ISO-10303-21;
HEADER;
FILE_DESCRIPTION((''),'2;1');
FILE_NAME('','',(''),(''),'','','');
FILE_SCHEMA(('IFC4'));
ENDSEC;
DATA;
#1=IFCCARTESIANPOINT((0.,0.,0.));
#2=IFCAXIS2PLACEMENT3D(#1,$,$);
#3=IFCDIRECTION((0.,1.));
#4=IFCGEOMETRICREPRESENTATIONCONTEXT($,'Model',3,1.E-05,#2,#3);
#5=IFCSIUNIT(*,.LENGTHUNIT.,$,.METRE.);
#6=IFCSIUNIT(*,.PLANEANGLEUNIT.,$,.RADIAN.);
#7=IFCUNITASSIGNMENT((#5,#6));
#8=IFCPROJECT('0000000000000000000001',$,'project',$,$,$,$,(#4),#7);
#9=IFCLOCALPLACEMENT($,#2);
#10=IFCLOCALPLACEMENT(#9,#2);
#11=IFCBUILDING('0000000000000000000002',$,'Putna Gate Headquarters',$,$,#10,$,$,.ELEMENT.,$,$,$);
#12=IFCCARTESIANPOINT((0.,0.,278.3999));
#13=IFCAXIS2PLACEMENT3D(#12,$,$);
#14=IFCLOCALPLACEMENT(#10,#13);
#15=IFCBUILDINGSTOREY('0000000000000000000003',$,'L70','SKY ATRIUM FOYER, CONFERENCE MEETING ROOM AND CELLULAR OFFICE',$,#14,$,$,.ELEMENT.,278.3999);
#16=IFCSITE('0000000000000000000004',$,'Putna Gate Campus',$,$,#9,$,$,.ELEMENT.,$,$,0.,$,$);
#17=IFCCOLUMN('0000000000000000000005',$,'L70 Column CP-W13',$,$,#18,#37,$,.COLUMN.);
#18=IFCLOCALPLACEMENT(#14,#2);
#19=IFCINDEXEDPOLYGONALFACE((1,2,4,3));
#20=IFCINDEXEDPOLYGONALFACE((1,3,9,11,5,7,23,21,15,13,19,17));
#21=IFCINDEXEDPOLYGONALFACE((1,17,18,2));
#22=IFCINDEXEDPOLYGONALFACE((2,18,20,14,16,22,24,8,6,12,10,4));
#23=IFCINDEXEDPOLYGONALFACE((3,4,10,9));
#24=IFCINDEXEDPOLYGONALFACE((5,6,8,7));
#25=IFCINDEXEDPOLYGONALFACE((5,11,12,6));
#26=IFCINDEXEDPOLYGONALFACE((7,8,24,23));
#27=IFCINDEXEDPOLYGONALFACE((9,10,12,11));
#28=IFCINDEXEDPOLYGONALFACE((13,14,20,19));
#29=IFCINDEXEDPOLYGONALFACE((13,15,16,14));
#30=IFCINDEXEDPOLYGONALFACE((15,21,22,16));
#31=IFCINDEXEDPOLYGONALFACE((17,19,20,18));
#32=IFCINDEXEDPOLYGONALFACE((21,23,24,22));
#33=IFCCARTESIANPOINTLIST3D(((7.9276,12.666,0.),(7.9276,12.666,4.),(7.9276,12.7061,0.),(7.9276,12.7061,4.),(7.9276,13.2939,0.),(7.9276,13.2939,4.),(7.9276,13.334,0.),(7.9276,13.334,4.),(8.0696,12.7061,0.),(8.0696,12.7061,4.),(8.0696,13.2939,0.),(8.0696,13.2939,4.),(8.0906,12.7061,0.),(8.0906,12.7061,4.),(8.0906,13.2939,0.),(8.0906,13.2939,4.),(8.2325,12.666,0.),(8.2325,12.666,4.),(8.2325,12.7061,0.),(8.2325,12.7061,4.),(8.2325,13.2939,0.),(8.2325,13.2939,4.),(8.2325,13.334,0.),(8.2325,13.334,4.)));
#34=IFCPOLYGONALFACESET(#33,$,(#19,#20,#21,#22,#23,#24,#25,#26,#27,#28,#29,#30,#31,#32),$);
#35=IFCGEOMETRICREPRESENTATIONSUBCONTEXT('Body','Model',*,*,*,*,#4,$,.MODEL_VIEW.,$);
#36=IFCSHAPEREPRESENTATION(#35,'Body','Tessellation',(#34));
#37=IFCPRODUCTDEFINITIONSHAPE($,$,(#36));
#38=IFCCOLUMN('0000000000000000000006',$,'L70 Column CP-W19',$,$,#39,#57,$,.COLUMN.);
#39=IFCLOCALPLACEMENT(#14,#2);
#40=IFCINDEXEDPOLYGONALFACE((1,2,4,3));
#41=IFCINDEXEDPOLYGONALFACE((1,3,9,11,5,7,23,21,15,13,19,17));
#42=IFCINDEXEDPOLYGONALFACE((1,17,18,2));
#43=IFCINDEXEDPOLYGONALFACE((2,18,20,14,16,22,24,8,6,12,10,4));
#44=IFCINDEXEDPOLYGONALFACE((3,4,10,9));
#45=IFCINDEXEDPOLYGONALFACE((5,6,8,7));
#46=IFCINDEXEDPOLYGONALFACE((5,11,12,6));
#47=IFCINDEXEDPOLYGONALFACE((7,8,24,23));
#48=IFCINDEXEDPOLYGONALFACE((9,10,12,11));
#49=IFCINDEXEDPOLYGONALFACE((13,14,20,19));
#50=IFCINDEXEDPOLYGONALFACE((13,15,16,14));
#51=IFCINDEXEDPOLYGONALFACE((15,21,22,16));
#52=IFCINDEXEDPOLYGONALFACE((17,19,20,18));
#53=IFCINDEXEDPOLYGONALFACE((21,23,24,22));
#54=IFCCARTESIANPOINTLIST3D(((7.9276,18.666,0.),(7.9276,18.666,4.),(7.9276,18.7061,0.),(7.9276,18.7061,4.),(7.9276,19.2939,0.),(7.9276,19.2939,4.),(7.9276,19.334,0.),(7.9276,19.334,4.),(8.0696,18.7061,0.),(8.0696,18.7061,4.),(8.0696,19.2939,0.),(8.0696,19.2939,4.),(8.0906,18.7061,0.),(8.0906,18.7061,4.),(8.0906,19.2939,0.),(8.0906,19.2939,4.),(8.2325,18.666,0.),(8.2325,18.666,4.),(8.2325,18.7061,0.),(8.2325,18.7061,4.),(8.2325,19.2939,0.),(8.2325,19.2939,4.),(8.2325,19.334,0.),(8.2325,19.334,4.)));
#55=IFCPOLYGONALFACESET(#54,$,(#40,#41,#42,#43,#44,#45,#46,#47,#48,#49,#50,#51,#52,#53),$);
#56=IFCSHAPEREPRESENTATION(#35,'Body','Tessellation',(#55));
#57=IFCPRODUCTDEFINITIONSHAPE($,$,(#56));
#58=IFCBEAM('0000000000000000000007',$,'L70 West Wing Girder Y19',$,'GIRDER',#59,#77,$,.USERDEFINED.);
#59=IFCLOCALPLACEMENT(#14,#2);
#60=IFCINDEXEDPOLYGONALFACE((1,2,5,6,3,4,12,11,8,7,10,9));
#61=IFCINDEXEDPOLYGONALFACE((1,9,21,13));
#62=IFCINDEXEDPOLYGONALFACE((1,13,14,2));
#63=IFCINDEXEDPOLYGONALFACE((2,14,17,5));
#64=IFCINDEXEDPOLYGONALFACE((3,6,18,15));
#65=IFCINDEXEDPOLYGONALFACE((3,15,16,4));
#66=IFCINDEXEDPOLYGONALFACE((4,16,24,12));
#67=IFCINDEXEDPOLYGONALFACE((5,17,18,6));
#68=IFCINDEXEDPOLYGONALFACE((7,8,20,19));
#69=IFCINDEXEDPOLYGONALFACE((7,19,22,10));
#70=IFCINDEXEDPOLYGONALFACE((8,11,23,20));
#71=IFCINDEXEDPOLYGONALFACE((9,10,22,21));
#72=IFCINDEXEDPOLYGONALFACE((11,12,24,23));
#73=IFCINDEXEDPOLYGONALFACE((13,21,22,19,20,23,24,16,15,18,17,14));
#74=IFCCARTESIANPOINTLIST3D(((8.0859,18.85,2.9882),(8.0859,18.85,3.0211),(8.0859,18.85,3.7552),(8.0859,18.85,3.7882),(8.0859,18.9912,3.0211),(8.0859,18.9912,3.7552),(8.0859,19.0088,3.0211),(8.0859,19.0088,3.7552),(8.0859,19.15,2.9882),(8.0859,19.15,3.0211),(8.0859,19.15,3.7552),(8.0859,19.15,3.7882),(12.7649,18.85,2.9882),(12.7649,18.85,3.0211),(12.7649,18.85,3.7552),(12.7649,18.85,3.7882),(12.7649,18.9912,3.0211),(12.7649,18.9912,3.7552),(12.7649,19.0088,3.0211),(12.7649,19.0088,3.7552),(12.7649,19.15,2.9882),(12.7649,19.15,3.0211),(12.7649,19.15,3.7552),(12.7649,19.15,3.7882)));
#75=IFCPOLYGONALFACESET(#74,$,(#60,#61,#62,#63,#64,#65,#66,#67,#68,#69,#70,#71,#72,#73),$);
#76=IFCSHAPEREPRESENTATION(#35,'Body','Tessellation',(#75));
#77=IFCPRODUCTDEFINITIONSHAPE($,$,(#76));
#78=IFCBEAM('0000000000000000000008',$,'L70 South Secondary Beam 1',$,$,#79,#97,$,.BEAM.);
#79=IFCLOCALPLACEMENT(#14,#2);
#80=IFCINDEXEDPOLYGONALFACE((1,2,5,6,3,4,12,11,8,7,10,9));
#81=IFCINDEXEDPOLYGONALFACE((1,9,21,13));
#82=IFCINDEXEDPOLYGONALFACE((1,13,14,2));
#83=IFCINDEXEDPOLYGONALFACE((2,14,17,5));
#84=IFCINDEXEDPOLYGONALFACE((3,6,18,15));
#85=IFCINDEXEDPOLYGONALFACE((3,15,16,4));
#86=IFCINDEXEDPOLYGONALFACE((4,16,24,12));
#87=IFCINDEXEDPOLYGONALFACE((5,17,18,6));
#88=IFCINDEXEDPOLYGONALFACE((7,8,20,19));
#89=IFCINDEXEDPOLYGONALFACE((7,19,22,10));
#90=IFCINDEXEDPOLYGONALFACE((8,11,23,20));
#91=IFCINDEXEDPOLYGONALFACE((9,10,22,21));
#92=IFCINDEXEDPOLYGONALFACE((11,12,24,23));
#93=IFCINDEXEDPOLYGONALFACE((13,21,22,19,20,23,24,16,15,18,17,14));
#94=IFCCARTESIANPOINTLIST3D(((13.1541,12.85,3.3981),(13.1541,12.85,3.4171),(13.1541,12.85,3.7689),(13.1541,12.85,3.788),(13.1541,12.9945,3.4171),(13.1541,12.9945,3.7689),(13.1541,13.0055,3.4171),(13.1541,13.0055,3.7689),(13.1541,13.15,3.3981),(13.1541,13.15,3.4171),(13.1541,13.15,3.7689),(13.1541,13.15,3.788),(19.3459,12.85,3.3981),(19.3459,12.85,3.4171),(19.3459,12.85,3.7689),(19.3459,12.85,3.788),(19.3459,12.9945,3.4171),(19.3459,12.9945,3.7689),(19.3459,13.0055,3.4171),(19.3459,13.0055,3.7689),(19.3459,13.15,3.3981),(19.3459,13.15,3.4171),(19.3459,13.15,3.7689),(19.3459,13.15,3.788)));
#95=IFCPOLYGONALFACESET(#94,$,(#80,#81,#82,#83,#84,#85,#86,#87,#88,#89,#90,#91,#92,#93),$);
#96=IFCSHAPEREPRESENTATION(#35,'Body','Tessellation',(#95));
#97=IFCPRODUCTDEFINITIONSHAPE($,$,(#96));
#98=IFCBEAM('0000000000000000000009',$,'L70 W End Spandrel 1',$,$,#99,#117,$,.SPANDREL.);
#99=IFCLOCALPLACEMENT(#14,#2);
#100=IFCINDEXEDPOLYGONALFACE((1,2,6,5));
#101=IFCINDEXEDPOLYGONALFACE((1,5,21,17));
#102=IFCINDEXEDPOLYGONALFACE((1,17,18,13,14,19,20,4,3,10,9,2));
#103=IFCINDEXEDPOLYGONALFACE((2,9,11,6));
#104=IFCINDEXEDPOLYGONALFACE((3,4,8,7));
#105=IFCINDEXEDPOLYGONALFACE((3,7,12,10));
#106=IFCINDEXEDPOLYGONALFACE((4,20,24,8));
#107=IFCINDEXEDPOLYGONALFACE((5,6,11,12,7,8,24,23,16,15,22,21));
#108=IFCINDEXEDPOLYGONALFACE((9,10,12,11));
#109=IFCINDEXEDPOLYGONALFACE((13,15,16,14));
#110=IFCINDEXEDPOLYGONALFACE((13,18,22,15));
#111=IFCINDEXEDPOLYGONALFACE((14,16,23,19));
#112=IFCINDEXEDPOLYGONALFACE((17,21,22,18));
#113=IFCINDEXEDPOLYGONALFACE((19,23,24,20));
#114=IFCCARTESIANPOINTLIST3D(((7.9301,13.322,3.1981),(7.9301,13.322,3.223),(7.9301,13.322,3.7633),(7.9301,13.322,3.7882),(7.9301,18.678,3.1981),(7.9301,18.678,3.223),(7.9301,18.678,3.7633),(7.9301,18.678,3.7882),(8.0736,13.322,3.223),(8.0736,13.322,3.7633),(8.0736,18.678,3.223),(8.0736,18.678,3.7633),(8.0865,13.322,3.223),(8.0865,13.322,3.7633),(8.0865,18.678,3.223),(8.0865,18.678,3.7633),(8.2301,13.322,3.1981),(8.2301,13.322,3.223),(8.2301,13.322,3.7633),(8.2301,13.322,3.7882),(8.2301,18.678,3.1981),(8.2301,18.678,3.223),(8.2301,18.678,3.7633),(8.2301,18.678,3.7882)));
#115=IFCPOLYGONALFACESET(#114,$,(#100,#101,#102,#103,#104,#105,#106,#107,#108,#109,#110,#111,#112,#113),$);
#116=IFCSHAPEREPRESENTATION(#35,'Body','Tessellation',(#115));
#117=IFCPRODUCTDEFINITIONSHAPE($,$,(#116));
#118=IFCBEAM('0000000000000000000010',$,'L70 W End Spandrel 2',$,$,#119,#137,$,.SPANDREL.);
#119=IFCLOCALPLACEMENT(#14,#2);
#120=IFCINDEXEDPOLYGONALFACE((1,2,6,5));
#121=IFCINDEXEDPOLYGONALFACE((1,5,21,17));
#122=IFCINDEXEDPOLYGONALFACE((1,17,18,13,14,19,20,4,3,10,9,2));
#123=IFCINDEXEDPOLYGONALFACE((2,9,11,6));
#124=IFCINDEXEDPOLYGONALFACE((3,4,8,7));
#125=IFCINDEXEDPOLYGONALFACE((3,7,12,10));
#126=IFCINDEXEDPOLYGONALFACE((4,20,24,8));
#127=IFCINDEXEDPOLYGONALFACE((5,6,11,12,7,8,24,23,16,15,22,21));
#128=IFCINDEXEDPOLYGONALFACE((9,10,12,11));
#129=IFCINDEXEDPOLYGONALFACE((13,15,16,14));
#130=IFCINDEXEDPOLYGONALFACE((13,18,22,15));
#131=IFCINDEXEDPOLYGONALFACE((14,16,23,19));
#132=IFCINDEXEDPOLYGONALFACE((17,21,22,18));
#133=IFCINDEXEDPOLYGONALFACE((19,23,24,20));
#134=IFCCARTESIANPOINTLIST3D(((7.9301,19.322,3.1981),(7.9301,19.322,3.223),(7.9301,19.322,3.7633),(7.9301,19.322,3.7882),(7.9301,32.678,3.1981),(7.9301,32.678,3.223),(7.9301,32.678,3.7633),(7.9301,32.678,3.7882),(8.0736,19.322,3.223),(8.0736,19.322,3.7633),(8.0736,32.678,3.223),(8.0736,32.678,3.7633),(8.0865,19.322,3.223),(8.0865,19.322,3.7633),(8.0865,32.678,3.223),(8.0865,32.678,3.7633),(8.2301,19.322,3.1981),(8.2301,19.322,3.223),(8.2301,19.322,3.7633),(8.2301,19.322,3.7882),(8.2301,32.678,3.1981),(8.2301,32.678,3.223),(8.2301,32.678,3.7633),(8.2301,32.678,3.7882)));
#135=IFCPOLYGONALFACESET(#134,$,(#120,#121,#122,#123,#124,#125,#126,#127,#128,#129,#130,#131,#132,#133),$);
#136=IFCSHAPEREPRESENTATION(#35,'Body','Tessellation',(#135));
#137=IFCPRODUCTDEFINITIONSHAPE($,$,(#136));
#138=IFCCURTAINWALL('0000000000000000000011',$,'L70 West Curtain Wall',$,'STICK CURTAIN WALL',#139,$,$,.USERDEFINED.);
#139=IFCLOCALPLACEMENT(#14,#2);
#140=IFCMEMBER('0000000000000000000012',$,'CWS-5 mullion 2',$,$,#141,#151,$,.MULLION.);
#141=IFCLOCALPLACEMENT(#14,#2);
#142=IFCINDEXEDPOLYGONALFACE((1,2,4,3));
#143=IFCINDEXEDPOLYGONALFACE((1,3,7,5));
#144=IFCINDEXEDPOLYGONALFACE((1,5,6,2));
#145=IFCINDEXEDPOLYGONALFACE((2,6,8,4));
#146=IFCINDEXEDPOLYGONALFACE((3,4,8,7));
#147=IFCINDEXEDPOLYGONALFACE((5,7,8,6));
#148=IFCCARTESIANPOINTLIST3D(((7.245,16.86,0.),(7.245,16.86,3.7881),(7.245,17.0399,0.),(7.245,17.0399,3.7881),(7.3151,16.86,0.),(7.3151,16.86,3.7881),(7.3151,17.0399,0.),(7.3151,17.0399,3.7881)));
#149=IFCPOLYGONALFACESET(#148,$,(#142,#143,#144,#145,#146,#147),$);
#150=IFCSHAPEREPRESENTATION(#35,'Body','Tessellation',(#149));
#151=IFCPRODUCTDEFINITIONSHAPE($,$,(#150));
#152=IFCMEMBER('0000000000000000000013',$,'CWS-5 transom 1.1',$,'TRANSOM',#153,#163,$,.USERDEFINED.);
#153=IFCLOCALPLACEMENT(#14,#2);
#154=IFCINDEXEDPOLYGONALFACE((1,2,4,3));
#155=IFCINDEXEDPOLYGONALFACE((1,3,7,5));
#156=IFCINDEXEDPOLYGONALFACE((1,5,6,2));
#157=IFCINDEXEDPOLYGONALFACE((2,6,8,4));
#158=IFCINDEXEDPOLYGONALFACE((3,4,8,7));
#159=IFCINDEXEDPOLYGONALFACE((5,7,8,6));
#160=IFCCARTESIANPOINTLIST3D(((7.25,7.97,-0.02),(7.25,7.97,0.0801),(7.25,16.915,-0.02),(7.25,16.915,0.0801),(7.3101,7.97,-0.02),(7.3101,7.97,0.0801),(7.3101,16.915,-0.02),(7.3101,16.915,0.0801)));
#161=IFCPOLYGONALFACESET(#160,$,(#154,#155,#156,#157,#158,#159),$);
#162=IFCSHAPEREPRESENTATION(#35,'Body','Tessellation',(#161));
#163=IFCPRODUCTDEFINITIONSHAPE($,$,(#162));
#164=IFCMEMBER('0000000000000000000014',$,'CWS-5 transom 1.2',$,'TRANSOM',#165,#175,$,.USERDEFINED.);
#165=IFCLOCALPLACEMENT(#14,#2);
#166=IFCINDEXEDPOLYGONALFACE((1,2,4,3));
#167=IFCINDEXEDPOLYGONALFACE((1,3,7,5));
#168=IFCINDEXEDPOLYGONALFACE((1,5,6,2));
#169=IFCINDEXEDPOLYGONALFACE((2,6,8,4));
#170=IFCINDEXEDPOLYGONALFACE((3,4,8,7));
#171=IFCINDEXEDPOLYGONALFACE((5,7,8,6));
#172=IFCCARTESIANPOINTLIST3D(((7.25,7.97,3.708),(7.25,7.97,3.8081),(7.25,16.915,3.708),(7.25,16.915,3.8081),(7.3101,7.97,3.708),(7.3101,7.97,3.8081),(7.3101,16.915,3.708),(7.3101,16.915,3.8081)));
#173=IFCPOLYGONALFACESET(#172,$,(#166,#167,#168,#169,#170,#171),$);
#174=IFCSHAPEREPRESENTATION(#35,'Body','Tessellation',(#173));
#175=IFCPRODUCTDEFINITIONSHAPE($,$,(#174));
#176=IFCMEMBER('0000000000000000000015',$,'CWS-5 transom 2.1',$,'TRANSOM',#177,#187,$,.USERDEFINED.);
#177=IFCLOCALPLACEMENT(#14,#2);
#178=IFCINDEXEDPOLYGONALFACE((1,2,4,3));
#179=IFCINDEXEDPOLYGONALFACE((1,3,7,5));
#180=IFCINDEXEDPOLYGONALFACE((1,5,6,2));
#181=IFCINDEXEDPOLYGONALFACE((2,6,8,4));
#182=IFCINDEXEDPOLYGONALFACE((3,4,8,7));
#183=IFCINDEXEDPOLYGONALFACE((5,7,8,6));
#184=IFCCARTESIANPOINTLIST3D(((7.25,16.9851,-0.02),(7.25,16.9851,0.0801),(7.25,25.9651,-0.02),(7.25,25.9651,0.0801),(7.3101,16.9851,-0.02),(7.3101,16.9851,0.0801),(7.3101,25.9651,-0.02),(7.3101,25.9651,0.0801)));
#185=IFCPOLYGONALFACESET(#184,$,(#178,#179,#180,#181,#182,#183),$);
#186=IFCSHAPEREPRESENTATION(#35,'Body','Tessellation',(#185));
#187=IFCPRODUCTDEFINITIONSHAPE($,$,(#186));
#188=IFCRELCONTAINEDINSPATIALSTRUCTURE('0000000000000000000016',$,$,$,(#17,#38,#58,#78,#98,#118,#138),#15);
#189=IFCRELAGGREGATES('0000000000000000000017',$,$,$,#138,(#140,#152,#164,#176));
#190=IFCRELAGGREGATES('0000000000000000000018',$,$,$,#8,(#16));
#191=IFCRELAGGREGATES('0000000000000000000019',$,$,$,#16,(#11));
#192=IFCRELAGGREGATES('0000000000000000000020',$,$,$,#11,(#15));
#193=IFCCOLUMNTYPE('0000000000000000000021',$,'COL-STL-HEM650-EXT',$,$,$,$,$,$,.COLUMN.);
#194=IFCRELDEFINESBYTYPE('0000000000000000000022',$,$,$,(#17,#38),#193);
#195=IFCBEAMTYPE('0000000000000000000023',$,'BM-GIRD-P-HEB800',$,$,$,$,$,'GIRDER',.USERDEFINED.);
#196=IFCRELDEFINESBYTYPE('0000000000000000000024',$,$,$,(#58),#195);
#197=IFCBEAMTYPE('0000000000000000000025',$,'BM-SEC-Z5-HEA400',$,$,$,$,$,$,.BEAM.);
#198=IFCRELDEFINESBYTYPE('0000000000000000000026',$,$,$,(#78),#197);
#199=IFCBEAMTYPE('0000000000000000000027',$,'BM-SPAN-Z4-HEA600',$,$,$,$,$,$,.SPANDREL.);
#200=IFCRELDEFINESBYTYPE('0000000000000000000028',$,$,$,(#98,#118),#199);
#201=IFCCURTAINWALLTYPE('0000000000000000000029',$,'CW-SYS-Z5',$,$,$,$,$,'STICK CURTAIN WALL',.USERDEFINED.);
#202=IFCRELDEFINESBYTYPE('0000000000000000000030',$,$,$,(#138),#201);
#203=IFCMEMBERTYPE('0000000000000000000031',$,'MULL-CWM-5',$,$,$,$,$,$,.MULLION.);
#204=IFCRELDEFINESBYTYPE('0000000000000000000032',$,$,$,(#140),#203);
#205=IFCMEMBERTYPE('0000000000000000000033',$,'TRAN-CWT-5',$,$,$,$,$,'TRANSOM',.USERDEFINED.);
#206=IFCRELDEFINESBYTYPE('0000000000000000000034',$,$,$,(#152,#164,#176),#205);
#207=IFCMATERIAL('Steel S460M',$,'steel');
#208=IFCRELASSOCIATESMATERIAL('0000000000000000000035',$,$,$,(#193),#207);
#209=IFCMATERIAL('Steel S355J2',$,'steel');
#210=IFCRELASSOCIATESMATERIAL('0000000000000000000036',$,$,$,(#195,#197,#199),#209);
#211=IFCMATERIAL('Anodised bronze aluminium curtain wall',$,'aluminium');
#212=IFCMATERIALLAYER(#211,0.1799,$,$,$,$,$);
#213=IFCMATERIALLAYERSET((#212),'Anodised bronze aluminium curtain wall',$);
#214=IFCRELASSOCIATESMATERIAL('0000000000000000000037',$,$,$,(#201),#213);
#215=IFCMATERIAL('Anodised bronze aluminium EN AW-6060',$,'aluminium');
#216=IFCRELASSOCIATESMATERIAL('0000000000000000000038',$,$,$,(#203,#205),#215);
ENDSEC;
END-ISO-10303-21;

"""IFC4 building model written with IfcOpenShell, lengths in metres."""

from ifc_helpers import new_model, si_unit, direction, frame, origin, origin_2d, place, context, subcontext, project, spatial, rectangle, i_section, extrude, material, layer, layer_set, material_profile, profile_set, type_object, element, aggregate, save


model = new_model("IFC4")

# Units and contexts
model_context = context("Model", 3, precision=1e-05, world=origin(), true_north=direction((0.0, 1.0)))
body_context = subcontext(model_context, "Body", "Model", "MODEL_VIEW")
ifc_project = project(units=[si_unit("LENGTHUNIT", "METRE"), si_unit("PLANEANGLEUNIT", "RADIAN")], contexts=[model_context])

# Site, building, storey
site_placement = place(None, origin())
site = spatial("IfcSite", under=ifc_project, at=site_placement, Name="Putna Gate Campus", CompositionType="ELEMENT", RefElevation=0.0)
building_placement = place(site_placement, origin())
building = spatial("IfcBuilding", under=site, at=building_placement, Name="Putna Gate Headquarters", CompositionType="ELEMENT")
storey_placement = place(building_placement, frame((0.0, 0.0, 278.3999)))
storey = spatial("IfcBuildingStorey", under=building, at=storey_placement, Name="L70", Description="SKY ATRIUM FOYER, CONFERENCE MEETING ROOM AND CELLULAR OFFICE", CompositionType="ELEMENT", Elevation=278.3999)

# Columns
ifc_material_1 = material(Name="Steel S460M", Category="steel")
ifc_material_profile_1 = material_profile(ifc_material_1, i_section(OverallWidth=0.3049, OverallDepth=0.668, WebThickness=0.021, FlangeThickness=0.04, at=origin_2d()), Name="Steel S460M")
ifc_profile_set_1 = profile_set([ifc_material_profile_1], Name="Steel S460M")
column_type = type_object("IfcColumnType", Name="COL-STL-HEM650-EXT", PredefinedType="COLUMN", material=ifc_profile_set_1)
for number, where, z_axis, x_axis, name in (
    (1, (8.0801, 13.0, 0.0), (0.0, 0.0, 1.0), (1.0, 0.0, 0.0), "L70 Column CP-W13"),
    (2, (8.0801, 19.0, 0.0), (0.0, 0.0, 1.0), (1.0, 0.0, 0.0), "L70 Column CP-W19"),
):
    element("IfcColumn", number, at=place(storey_placement, frame(where, z_axis=z_axis, x_axis=x_axis)), inside=storey, type_object=column_type, Name=name, PredefinedType="COLUMN", context=body_context, shape_type="SweptSolid", body=[
        extrude(i_section(OverallWidth=0.3049, OverallDepth=0.668, WebThickness=0.021, FlangeThickness=0.04, at=origin_2d()), origin(), (0.0, 0.0, 1.0), 4.0),
    ])

# Beams
ifc_material_2 = material(Name="Steel S355J2", Category="steel")
ifc_material_profile_2 = material_profile(ifc_material_2, i_section(OverallWidth=0.3, OverallDepth=0.8, WebThickness=0.0176, FlangeThickness=0.033, at=origin_2d()), Name="Steel S355J2")
ifc_profile_set_2 = profile_set([ifc_material_profile_2], Name="Steel S355J2")
beam_type_1 = type_object("IfcBeamType", Name="BM-GIRD-P-HEB800", ElementType="GIRDER", PredefinedType="USERDEFINED", material=ifc_profile_set_2)
beam_1_placement = place(storey_placement, frame((8.0859, 19.0, 3.3882), z_axis=(1.0, 0.0, 0.0), x_axis=(0.0, 1.0, 0.0)))
element("IfcBeam", 3, at=beam_1_placement, inside=storey, type_object=beam_type_1, Name="L70 West Wing Girder Y19", ObjectType="GIRDER", PredefinedType="USERDEFINED", context=body_context, shape_type="SweptSolid", body=[
    extrude(i_section(OverallWidth=0.3, OverallDepth=0.8, WebThickness=0.0176, FlangeThickness=0.033, at=origin_2d()), origin(), (0.0, 0.0, 1.0), 4.679),
])
ifc_material_profile_3 = material_profile(ifc_material_2, i_section(OverallWidth=0.3, OverallDepth=0.3899, WebThickness=0.011, FlangeThickness=0.019, at=origin_2d()), Name="Steel S355J2")
ifc_profile_set_3 = profile_set([ifc_material_profile_3], Name="Steel S355J2")
beam_type_2 = type_object("IfcBeamType", Name="BM-SEC-Z5-HEA400", PredefinedType="BEAM", material=ifc_profile_set_3)
beam_2_placement = place(storey_placement, frame((13.1541, 13.0, 3.593), z_axis=(1.0, 0.0, 0.0), x_axis=(0.0, 1.0, 0.0)))
element("IfcBeam", 4, at=beam_2_placement, inside=storey, type_object=beam_type_2, Name="L70 South Secondary Beam 1", PredefinedType="BEAM", context=body_context, shape_type="SweptSolid", body=[
    extrude(i_section(OverallWidth=0.3, OverallDepth=0.3899, WebThickness=0.011, FlangeThickness=0.019, at=origin_2d()), origin(), (0.0, 0.0, 1.0), 6.1919),
])
ifc_material_profile_4 = material_profile(ifc_material_2, i_section(OverallWidth=0.3, OverallDepth=0.5901, WebThickness=0.0129, FlangeThickness=0.0249, at=origin_2d()), Name="Steel S355J2")
ifc_profile_set_4 = profile_set([ifc_material_profile_4], Name="Steel S355J2")
beam_type_3 = type_object("IfcBeamType", Name="BM-SPAN-Z4-HEA600", PredefinedType="SPANDREL", material=ifc_profile_set_4)
beam_3_placement = place(storey_placement, frame((8.0801, 13.322, 3.4932), z_axis=(0.0, 1.0, 0.0), x_axis=(-1.0, 0.0, 0.0)))
element("IfcBeam", 5, at=beam_3_placement, inside=storey, type_object=beam_type_3, Name="L70 W End Spandrel 1", PredefinedType="SPANDREL", context=body_context, shape_type="SweptSolid", body=[
    extrude(i_section(OverallWidth=0.3, OverallDepth=0.5901, WebThickness=0.0129, FlangeThickness=0.0249, at=origin_2d()), origin(), (0.0, 0.0, 1.0), 5.356),
])
beam_4_placement = place(storey_placement, frame((8.0801, 19.322, 3.4932), z_axis=(0.0, 1.0, 0.0), x_axis=(-1.0, 0.0, 0.0)))
element("IfcBeam", 6, at=beam_4_placement, inside=storey, type_object=beam_type_3, Name="L70 W End Spandrel 2", PredefinedType="SPANDREL", context=body_context, shape_type="SweptSolid", body=[
    extrude(i_section(OverallWidth=0.3, OverallDepth=0.5901, WebThickness=0.0129, FlangeThickness=0.0249, at=origin_2d()), origin(), (0.0, 0.0, 1.0), 13.356),
])

# Curtain wall, members
ifc_material_3 = material(Name="Anodised bronze aluminium curtain wall", Category="aluminium")
ifc_layer_1 = layer(ifc_material_3, 0.1799)
ifc_layer_set_1 = layer_set([ifc_layer_1], Name="Anodised bronze aluminium curtain wall")
curtain_wall_type = type_object("IfcCurtainWallType", Name="CW-SYS-Z5", ElementType="STICK CURTAIN WALL", PredefinedType="USERDEFINED", material=ifc_layer_set_1)
curtain_wall_placement = place(storey_placement, origin())
curtain_wall = element("IfcCurtainWall", 7, at=curtain_wall_placement, inside=storey, type_object=curtain_wall_type, Name="L70 West Curtain Wall", ObjectType="STICK CURTAIN WALL", PredefinedType="USERDEFINED")
ifc_material_4 = material(Name="Anodised bronze aluminium EN AW-6060", Category="aluminium")
ifc_material_profile_5 = material_profile(ifc_material_4, rectangle(XDim=0.0701, YDim=0.1799, at=origin_2d()), Name="Anodised bronze aluminium EN AW-6060")
ifc_profile_set_5 = profile_set([ifc_material_profile_5], Name="Anodised bronze aluminium EN AW-6060")
member_type_1 = type_object("IfcMemberType", Name="MULL-CWM-5", PredefinedType="MULLION", material=ifc_profile_set_5)
member_1_placement = place(storey_placement, frame((7.28, 16.95, 0.0), z_axis=(0.0, 0.0, 1.0), x_axis=(-1.0, 0.0, 0.0)))
member_1 = element("IfcMember", 8, at=member_1_placement, type_object=member_type_1, Name="CWS-5 mullion 2", PredefinedType="MULLION", context=body_context, shape_type="SweptSolid", body=[
    extrude(rectangle(XDim=0.0701, YDim=0.1799, at=origin_2d()), origin(), (0.0, 0.0, 1.0), 3.7881),
])
ifc_material_profile_6 = material_profile(ifc_material_4, rectangle(XDim=0.0601, YDim=0.1001, at=origin_2d()), Name="Anodised bronze aluminium EN AW-6060")
ifc_profile_set_6 = profile_set([ifc_material_profile_6], Name="Anodised bronze aluminium EN AW-6060")
member_type_2 = type_object("IfcMemberType", Name="TRAN-CWT-5", ElementType="TRANSOM", PredefinedType="USERDEFINED", material=ifc_profile_set_6)
member_2_placement = place(storey_placement, frame((7.28, 7.97, 0.03), z_axis=(0.0, 1.0, 0.0), x_axis=(-1.0, 0.0, 0.0)))
member_2 = element("IfcMember", 9, at=member_2_placement, type_object=member_type_2, Name="CWS-5 transom 1.1", ObjectType="TRANSOM", PredefinedType="USERDEFINED", context=body_context, shape_type="SweptSolid", body=[
    extrude(rectangle(XDim=0.0601, YDim=0.1001, at=origin_2d()), origin(), (0.0, 0.0, 1.0), 8.9451),
])
member_3_placement = place(storey_placement, frame((7.28, 7.97, 3.7581), z_axis=(0.0, 1.0, 0.0), x_axis=(-1.0, 0.0, 0.0)))
member_3 = element("IfcMember", 10, at=member_3_placement, type_object=member_type_2, Name="CWS-5 transom 1.2", ObjectType="TRANSOM", PredefinedType="USERDEFINED", context=body_context, shape_type="SweptSolid", body=[
    extrude(rectangle(XDim=0.0601, YDim=0.1001, at=origin_2d()), origin(), (0.0, 0.0, 1.0), 8.9451),
])
member_4_placement = place(storey_placement, frame((7.28, 16.9851, 0.03), z_axis=(0.0, 1.0, 0.0), x_axis=(-1.0, 0.0, 0.0)))
member_4 = element("IfcMember", 11, at=member_4_placement, type_object=member_type_2, Name="CWS-5 transom 2.1", ObjectType="TRANSOM", PredefinedType="USERDEFINED", context=body_context, shape_type="SweptSolid", body=[
    extrude(rectangle(XDim=0.0601, YDim=0.1001, at=origin_2d()), origin(), (0.0, 0.0, 1.0), 8.98),
])
aggregate(curtain_wall, [member_1, member_2, member_3, member_4])

save(model, "model.ifc")
